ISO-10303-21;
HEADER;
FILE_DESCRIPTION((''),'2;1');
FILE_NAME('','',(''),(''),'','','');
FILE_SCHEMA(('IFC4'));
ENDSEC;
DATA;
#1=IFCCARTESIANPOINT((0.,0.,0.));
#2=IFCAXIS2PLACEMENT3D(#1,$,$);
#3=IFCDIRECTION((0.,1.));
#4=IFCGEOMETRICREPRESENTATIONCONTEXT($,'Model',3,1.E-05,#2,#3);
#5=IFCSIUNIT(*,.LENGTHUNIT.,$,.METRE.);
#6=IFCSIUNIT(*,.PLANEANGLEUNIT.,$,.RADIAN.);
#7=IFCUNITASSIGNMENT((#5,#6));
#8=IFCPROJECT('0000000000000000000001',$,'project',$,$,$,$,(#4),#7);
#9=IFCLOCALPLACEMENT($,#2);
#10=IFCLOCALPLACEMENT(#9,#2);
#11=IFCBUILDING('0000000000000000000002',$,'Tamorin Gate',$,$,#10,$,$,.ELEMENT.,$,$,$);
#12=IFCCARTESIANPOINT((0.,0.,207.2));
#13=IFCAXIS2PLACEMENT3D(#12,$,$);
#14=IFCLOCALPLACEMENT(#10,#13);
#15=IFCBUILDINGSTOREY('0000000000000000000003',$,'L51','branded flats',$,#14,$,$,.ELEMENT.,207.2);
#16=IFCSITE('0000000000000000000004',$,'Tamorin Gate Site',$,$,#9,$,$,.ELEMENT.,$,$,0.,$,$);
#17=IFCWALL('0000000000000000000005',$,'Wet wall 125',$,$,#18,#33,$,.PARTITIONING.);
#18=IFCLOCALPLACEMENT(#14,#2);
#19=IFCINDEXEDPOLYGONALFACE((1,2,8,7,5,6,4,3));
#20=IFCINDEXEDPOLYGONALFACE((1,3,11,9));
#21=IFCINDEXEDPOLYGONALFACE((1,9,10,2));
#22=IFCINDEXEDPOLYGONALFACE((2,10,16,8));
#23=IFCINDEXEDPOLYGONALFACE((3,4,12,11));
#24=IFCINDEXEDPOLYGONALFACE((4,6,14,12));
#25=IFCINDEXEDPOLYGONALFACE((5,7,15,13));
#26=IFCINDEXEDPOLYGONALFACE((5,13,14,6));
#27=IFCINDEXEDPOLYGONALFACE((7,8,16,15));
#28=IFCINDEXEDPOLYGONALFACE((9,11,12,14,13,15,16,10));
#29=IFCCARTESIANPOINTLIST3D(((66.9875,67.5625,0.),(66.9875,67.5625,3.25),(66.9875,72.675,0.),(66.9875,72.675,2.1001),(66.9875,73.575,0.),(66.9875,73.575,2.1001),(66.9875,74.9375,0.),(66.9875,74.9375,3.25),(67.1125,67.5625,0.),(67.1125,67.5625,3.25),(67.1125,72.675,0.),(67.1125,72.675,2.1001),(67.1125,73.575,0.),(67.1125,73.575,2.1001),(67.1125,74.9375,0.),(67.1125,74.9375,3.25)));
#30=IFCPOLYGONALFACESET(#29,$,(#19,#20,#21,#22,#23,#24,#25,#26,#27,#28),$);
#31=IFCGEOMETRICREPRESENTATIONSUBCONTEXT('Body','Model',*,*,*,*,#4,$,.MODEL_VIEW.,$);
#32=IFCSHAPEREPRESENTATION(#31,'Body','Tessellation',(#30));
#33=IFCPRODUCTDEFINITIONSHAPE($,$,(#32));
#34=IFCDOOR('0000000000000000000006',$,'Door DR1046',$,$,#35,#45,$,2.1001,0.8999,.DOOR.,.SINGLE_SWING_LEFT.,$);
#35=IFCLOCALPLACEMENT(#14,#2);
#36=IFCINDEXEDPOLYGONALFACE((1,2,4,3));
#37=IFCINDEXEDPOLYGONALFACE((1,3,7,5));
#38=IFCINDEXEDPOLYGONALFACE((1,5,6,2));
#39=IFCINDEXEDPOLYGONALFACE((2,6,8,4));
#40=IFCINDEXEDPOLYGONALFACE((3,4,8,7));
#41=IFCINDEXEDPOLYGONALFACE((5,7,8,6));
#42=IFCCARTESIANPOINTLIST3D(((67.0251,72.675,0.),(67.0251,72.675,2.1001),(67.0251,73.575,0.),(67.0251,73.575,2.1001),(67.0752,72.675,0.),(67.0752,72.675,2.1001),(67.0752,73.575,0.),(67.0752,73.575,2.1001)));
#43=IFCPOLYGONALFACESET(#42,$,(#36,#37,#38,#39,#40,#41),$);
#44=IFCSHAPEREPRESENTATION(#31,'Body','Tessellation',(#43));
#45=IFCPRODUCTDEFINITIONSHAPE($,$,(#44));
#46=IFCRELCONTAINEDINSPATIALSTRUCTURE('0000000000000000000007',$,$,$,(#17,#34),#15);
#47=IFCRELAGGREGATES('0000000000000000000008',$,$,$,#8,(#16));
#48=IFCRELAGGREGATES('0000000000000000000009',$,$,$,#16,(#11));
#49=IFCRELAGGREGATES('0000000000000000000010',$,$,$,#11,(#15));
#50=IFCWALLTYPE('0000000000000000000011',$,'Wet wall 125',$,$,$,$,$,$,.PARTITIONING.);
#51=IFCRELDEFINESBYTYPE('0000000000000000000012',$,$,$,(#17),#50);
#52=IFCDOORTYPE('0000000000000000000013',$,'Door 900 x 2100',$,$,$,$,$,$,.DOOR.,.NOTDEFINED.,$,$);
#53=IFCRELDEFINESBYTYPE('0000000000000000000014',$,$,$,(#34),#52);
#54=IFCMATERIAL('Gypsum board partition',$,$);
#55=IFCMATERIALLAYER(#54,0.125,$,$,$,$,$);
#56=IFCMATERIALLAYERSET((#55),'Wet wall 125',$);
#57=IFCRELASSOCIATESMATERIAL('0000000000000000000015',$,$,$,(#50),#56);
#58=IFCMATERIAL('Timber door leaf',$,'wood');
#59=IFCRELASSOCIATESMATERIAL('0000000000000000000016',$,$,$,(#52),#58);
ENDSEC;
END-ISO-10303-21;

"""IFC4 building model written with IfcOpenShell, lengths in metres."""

from ifc_helpers import new_model, si_unit, direction, frame, frame_2d, origin, place, context, subcontext, project, spatial, rectangle, extrude, material, layer, layer_set, type_object, element, fill, save


model = new_model("IFC4")

# Units and contexts
model_context = context("Model", 3, precision=1e-05, world=origin(), true_north=direction((0.0, 1.0)))
body_context = subcontext(model_context, "Body", "Model", "MODEL_VIEW")
ifc_project = project(units=[si_unit("LENGTHUNIT", "METRE"), si_unit("PLANEANGLEUNIT", "RADIAN")], contexts=[model_context])

# Site, building, storey
site_placement = place(None, origin())
site = spatial("IfcSite", under=ifc_project, at=site_placement, Name="Tamorin Gate Site", CompositionType="ELEMENT", RefElevation=0.0)
building_placement = place(site_placement, origin())
building = spatial("IfcBuilding", under=site, at=building_placement, Name="Tamorin Gate", CompositionType="ELEMENT")
storey_placement = place(building_placement, frame((0.0, 0.0, 207.2)))
storey = spatial("IfcBuildingStorey", under=building, at=storey_placement, Name="L51", Description="branded flats", CompositionType="ELEMENT", Elevation=207.2)

# Shared definitions
ifc_material_1 = material(Name="Gypsum board partition")
ifc_layer_1 = layer(ifc_material_1, 0.125)
ifc_layer_set_1 = layer_set([ifc_layer_1], Name="Wet wall 125")
wall_type_1 = type_object("IfcWallType", Name="Wet wall 125", PredefinedType="PARTITIONING", material=ifc_layer_set_1)

# Shared definitions
ifc_material_2 = material(Name="Timber door leaf", Category="wood")
door_type = type_object("IfcDoorType", Name="Door 900 x 2100", OperationType="NOTDEFINED", PredefinedType="DOOR", material=ifc_material_2)

# Wall, opening, door
wall_1_placement = place(storey_placement, frame((67.05, 67.5625, 0.0), z_axis=(0.0, 0.0, 1.0), x_axis=(0.0, 1.0, 0.0)))
wall_1 = element("IfcWall", 1, at=wall_1_placement, inside=storey, type_object=wall_type_1, Name="Wet wall 125", PredefinedType="PARTITIONING", context=body_context, shape_type="SweptSolid", body=[
    extrude(rectangle(XDim=7.375, YDim=0.125, at=frame_2d((3.6875, 0.0))), origin(), (0.0, 0.0, 1.0), 3.25),
])
opening_1_placement = place(wall_1_placement, frame((5.1125, 0.0, 0.0)))
opening_1 = element("IfcOpeningElement", 2, at=opening_1_placement, cuts=wall_1, PredefinedType="OPENING", context=body_context, shape_type="SweptSolid", body=[
    extrude(rectangle(XDim=0.8999, YDim=2.1001, at=frame_2d((0.45, 1.05))), frame((0.0, 0.0725, 0.0), z_axis=(0.0, -1.0, 0.0), x_axis=(1.0, 0.0, 0.0)), (0.0, 0.0, 1.0), 0.145),
])
door_1_placement = place(opening_1_placement, origin())
door_1 = element("IfcDoor", 3, at=door_1_placement, inside=storey, type_object=door_type, Name="Door DR1046", OperationType="SINGLE_SWING_LEFT", OverallHeight=2.1001, OverallWidth=0.8999, PredefinedType="DOOR", context=body_context, shape_type="SweptSolid", body=[
    extrude(rectangle(XDim=0.8999, YDim=2.1001, at=frame_2d((0.45, 1.05))), frame((0.0, 0.0249, 0.0), z_axis=(0.0, -1.0, 0.0), x_axis=(1.0, 0.0, 0.0)), (0.0, 0.0, 1.0), 0.05),
])
fill(opening_1, door_1)

save(model, "model.ifc")
